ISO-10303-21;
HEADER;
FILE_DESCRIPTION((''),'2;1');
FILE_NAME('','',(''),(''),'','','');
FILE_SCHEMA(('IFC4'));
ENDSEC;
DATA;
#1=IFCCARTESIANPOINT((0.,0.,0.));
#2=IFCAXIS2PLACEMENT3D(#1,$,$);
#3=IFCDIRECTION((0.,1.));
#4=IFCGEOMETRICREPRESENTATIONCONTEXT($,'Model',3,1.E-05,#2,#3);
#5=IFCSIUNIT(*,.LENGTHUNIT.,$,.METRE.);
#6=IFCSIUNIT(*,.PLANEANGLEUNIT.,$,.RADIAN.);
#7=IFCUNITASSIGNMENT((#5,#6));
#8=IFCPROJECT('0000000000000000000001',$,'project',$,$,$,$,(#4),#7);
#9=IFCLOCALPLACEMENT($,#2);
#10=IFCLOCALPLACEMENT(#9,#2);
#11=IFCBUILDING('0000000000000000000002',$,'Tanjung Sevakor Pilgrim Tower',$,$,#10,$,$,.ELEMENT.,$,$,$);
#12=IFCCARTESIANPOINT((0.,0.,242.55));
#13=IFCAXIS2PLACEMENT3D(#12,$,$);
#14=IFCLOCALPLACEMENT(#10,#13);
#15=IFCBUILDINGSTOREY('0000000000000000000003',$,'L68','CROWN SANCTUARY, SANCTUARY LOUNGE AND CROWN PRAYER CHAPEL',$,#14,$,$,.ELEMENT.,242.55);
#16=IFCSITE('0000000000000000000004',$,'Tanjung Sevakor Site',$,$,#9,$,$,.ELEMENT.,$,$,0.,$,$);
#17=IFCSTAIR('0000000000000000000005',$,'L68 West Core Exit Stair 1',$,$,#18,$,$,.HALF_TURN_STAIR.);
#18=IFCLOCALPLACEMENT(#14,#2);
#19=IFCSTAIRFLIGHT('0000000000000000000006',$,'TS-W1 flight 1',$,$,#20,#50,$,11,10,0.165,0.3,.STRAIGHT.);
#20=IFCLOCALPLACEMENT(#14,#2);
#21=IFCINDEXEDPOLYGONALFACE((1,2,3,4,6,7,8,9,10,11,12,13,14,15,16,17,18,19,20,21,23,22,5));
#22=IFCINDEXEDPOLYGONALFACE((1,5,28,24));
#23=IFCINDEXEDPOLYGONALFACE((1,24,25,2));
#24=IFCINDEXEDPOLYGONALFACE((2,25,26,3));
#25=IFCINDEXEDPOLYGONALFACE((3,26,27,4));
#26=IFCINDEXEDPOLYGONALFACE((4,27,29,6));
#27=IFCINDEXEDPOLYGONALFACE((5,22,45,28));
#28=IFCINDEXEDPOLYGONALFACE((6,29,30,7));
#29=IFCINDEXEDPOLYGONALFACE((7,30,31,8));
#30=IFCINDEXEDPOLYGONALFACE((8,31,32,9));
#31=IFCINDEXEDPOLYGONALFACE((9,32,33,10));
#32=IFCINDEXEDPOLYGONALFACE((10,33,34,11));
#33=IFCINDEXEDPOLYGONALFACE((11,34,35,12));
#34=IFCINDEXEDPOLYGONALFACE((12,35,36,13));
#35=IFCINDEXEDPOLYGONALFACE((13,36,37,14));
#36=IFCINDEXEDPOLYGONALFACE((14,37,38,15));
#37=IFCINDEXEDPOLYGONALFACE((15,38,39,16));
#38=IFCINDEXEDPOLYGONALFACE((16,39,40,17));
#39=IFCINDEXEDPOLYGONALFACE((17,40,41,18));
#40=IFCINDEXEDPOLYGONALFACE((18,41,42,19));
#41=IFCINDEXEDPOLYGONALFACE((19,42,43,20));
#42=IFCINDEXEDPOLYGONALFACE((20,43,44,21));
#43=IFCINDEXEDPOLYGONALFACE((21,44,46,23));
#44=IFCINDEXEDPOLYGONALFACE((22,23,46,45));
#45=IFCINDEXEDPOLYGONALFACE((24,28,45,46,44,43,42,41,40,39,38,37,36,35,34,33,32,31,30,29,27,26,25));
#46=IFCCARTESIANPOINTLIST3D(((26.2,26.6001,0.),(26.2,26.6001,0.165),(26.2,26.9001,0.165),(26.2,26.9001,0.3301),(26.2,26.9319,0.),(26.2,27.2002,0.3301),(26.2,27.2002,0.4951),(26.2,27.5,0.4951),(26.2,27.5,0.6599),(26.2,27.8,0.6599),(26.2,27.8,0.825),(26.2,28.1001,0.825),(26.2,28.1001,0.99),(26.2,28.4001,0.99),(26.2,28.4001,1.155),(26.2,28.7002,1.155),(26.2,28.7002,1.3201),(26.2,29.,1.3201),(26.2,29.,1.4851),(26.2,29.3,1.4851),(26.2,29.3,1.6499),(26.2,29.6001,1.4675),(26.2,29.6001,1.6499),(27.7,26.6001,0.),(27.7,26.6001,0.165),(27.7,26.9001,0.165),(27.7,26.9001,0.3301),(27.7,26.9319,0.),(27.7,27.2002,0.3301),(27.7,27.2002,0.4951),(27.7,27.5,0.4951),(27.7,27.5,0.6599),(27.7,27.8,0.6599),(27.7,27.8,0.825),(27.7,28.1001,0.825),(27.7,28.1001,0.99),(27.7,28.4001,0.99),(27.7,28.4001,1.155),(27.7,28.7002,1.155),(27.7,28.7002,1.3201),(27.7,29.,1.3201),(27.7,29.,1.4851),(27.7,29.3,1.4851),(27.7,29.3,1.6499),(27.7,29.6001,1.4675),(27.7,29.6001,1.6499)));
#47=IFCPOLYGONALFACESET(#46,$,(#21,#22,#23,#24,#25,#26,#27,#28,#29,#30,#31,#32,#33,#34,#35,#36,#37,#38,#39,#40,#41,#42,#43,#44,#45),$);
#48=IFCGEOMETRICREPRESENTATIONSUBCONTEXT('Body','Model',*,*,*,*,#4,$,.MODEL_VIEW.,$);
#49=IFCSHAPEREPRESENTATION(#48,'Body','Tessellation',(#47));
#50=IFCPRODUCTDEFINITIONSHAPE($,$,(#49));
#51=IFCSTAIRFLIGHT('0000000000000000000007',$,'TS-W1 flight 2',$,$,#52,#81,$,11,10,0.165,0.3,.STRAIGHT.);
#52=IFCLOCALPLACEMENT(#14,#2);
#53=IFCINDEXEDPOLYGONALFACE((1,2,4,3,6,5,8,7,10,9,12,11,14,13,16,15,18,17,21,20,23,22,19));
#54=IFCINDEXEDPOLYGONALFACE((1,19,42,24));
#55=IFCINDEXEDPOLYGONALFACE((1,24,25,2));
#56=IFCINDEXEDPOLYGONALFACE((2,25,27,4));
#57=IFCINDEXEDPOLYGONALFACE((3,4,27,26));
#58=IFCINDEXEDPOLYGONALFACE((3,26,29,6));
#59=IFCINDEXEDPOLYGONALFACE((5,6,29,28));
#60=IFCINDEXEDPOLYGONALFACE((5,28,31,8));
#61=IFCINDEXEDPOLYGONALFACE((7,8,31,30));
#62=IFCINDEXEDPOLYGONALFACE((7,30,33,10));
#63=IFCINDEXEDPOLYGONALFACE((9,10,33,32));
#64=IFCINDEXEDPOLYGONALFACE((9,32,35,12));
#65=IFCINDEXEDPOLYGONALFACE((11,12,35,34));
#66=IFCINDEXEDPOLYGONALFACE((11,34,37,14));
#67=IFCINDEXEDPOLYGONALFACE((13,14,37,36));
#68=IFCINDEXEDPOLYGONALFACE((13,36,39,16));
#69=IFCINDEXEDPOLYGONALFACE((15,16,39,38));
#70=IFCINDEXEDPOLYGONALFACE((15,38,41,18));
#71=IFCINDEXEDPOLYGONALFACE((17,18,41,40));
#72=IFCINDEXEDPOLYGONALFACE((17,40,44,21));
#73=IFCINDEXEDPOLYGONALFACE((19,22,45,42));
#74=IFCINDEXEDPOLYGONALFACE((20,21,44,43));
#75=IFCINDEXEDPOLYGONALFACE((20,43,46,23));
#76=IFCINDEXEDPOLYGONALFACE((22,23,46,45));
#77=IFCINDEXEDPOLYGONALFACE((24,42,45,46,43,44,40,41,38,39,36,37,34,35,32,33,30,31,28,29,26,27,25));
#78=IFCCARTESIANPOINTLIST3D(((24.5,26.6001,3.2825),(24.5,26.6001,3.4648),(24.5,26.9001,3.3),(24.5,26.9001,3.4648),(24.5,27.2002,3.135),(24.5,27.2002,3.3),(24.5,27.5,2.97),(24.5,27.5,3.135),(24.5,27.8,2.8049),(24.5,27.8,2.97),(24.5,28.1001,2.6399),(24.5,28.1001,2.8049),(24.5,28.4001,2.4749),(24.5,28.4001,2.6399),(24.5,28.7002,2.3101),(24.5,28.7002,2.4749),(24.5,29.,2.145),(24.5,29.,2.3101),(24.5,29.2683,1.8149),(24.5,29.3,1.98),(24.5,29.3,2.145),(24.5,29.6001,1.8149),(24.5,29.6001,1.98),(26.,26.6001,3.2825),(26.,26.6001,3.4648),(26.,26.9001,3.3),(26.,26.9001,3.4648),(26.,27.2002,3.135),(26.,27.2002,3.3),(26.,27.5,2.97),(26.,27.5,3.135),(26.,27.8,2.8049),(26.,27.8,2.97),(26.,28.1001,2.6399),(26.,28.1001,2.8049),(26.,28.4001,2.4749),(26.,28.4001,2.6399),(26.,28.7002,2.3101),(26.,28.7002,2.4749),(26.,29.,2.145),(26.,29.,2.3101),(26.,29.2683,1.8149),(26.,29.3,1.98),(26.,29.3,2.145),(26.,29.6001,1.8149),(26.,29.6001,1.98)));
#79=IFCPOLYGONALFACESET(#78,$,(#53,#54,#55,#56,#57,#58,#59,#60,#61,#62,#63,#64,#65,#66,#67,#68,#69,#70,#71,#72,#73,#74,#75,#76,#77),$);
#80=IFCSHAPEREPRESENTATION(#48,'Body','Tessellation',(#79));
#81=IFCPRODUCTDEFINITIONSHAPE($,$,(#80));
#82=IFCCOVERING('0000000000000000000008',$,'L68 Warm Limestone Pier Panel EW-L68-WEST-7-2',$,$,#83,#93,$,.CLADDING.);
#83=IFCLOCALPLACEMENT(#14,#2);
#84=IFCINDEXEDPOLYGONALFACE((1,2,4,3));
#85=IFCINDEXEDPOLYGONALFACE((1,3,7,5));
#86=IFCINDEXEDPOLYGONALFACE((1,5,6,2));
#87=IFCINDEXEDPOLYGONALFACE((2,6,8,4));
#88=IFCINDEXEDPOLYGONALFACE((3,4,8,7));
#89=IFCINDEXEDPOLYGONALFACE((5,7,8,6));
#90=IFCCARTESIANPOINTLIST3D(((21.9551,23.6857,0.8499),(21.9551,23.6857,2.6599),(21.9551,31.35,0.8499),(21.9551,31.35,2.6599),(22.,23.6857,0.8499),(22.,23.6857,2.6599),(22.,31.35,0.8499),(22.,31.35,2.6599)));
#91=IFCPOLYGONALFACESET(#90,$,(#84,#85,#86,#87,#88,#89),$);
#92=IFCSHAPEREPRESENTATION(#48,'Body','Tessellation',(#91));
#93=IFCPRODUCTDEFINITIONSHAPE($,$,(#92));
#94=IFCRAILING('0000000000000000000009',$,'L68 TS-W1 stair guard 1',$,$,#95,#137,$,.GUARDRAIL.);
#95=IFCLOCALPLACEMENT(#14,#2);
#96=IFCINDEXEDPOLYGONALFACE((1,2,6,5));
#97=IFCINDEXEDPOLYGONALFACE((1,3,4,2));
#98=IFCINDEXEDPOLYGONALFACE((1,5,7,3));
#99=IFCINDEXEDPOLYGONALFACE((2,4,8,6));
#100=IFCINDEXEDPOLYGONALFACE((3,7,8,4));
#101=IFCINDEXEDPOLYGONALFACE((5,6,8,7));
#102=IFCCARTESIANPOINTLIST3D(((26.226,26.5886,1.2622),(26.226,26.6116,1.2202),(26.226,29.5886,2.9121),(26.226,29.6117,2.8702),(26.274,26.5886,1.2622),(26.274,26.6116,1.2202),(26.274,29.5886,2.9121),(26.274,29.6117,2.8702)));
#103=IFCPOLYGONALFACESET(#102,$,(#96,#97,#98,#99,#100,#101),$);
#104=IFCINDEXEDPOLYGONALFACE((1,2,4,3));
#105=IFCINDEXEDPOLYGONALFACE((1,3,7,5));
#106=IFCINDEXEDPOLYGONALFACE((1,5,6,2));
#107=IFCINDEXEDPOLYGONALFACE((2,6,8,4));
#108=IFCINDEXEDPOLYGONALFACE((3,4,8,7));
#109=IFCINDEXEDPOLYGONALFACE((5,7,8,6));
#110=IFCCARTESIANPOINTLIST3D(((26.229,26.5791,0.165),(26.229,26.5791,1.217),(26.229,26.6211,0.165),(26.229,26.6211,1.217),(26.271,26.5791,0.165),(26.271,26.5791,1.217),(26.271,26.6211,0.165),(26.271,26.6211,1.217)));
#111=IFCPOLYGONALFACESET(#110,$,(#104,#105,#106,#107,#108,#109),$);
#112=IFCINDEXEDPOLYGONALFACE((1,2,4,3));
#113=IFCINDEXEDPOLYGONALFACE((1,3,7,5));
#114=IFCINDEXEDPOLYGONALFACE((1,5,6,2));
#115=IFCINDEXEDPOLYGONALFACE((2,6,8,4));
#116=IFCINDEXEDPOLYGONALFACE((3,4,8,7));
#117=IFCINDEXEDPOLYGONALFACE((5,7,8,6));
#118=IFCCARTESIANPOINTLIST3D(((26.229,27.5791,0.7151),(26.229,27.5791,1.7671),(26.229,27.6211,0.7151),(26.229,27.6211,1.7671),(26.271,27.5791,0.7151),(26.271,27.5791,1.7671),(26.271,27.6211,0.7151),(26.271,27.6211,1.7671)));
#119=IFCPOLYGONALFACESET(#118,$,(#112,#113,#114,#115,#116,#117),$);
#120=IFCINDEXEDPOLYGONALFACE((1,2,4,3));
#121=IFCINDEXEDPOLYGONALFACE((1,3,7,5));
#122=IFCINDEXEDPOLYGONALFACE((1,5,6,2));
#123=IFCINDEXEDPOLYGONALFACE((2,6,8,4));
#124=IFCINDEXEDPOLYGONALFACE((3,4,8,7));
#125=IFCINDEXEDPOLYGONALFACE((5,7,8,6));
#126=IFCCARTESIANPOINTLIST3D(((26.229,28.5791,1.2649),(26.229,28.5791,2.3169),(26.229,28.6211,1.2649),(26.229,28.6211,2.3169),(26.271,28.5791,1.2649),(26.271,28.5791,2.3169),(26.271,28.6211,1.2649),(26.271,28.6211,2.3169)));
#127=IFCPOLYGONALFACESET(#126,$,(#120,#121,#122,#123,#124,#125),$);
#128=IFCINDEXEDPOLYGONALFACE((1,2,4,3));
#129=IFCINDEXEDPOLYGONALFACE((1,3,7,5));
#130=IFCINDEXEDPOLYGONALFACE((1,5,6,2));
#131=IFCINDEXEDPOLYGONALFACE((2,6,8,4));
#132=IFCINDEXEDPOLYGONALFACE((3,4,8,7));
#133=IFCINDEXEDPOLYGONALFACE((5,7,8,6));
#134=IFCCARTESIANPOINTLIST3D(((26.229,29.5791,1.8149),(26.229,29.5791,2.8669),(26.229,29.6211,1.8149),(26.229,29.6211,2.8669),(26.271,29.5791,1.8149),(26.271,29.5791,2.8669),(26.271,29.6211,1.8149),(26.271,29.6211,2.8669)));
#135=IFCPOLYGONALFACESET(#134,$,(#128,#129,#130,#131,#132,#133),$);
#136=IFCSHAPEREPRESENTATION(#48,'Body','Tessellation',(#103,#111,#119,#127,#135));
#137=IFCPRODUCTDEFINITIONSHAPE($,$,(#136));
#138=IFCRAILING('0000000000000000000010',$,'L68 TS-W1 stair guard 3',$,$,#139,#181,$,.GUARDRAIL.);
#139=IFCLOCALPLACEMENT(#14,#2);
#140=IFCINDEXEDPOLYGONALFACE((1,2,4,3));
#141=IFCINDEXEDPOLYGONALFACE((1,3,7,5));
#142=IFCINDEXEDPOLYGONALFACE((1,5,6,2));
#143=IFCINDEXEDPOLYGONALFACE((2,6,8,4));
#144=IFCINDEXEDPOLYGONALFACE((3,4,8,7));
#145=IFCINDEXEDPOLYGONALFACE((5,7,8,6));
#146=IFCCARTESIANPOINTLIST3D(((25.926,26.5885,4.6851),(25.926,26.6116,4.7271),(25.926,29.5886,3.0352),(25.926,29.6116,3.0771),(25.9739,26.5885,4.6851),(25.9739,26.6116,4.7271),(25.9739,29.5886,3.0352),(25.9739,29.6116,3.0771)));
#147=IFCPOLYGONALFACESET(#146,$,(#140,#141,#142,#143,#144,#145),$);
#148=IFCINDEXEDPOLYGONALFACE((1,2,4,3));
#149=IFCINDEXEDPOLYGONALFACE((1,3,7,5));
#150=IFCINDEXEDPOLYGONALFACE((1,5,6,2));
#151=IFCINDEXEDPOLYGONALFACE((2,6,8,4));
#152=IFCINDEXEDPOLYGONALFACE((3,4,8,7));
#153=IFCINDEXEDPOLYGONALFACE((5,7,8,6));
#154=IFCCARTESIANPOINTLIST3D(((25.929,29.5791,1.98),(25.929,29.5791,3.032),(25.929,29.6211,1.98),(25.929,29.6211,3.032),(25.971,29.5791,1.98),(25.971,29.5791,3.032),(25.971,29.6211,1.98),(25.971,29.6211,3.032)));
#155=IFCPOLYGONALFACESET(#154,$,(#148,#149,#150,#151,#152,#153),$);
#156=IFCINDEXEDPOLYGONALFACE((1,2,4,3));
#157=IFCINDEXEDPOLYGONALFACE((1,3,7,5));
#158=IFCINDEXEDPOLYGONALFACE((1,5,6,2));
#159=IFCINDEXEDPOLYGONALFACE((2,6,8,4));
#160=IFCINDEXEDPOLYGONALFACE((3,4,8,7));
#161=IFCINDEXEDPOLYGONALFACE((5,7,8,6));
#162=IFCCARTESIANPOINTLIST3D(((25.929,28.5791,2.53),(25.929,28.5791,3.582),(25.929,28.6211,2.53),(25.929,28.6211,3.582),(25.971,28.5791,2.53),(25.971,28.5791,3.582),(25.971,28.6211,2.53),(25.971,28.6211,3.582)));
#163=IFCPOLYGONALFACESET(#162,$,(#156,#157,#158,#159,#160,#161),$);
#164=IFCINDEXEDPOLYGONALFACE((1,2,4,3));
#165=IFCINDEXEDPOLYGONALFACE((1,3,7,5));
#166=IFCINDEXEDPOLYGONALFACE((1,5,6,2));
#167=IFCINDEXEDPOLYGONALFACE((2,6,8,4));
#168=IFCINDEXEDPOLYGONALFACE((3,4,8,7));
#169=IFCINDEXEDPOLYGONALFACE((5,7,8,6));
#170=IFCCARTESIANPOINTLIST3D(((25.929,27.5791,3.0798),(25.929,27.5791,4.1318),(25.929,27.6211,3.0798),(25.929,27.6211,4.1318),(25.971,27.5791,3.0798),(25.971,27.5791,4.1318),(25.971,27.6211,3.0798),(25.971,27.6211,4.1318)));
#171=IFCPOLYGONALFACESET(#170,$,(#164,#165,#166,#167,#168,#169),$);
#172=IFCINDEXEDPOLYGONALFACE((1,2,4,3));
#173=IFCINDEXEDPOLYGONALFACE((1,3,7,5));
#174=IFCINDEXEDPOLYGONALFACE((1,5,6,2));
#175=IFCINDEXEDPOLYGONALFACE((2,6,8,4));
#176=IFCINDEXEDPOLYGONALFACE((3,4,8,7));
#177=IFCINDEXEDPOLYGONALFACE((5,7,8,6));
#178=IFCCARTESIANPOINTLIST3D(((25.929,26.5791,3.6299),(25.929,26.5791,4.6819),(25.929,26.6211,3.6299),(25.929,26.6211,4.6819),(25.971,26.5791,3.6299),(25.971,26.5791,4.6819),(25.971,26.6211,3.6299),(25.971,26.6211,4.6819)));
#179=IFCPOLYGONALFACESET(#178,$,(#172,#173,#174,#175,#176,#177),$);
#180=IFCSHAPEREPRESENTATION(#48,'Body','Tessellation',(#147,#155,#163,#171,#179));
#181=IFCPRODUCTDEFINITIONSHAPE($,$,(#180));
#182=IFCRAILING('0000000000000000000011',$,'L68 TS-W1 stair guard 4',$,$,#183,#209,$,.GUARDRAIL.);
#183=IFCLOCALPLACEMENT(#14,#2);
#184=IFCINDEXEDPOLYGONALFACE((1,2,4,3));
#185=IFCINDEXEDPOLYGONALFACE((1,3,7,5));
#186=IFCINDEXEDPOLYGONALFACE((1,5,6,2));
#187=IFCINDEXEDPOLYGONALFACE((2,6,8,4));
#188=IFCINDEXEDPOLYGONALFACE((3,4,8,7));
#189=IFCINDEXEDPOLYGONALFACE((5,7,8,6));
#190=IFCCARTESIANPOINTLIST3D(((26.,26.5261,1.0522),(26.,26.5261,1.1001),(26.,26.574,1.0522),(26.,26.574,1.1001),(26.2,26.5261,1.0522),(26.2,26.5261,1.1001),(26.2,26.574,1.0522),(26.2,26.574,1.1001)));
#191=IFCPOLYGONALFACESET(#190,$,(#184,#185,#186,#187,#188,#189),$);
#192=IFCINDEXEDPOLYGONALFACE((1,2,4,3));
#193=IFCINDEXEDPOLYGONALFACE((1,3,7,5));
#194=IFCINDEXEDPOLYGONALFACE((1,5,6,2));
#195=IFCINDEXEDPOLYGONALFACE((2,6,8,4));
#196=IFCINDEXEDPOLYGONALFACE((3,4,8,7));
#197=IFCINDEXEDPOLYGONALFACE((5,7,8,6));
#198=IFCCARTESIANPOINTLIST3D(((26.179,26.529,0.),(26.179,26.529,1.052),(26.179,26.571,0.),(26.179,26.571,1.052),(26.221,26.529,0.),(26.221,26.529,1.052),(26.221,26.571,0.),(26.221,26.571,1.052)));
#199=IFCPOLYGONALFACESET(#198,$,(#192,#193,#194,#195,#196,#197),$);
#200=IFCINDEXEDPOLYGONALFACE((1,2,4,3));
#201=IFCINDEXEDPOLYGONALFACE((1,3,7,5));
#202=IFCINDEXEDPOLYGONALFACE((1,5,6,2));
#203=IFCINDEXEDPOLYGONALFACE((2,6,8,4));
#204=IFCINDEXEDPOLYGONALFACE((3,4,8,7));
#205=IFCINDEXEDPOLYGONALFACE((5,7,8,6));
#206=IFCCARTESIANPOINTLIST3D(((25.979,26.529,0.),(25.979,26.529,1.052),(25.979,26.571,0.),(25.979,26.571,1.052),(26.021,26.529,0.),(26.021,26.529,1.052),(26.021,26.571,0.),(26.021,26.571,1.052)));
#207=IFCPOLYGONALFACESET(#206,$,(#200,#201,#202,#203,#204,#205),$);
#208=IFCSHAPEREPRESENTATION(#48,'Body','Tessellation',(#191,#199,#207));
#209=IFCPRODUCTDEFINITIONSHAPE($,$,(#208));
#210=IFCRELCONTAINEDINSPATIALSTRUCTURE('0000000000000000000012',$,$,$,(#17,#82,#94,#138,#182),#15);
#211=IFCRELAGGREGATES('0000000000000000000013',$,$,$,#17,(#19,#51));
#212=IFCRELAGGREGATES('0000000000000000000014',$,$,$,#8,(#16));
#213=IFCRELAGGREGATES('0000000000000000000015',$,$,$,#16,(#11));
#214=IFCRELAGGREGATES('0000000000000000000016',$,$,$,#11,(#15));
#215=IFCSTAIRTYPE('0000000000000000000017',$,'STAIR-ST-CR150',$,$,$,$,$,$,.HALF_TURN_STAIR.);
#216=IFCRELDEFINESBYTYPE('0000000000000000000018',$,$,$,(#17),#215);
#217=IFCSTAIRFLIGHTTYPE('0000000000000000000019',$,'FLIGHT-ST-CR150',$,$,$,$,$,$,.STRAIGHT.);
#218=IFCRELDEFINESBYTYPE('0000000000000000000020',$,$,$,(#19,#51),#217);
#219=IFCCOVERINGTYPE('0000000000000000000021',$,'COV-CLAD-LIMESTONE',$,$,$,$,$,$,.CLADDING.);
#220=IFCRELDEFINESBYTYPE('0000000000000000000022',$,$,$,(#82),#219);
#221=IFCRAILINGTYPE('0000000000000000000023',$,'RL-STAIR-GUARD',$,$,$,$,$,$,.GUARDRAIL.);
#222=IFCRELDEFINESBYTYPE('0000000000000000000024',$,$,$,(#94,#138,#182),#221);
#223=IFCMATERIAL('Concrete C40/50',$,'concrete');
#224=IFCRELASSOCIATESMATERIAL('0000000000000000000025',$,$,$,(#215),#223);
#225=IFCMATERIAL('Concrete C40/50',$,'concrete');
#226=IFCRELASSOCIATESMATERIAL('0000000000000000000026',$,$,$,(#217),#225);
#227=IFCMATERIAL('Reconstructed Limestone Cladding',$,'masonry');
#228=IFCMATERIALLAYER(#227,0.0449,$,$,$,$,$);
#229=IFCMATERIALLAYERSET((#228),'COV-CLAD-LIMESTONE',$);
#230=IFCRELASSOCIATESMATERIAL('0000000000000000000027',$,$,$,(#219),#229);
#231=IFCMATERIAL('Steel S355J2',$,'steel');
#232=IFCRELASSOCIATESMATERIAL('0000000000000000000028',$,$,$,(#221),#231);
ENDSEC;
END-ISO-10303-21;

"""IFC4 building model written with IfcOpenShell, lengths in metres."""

from ifc_helpers import new_model, si_unit, direction, frame, origin, origin_2d, place, context, subcontext, project, spatial, polyline, rectangle, outline, extrude, material, layer, layer_set, type_object, element, aggregate, save


model = new_model("IFC4")

# Units and contexts
model_context = context("Model", 3, precision=1e-05, world=origin(), true_north=direction((0.0, 1.0)))
body_context = subcontext(model_context, "Body", "Model", "MODEL_VIEW")
ifc_project = project(units=[si_unit("LENGTHUNIT", "METRE"), si_unit("PLANEANGLEUNIT", "RADIAN")], contexts=[model_context])

# Site, building, storey
site_placement = place(None, origin())
site = spatial("IfcSite", under=ifc_project, at=site_placement, Name="Tanjung Sevakor Site", CompositionType="ELEMENT", RefElevation=0.0)
building_placement = place(site_placement, origin())
building = spatial("IfcBuilding", under=site, at=building_placement, Name="Tanjung Sevakor Pilgrim Tower", CompositionType="ELEMENT")
storey_placement = place(building_placement, frame((0.0, 0.0, 242.55)))
storey = spatial("IfcBuildingStorey", under=building, at=storey_placement, Name="L68", Description="CROWN SANCTUARY, SANCTUARY LOUNGE AND CROWN PRAYER CHAPEL", CompositionType="ELEMENT", Elevation=242.55)

# Stair, stair flights
ifc_material_1 = material(Name="Concrete C40/50", Category="concrete")
stair_type = type_object("IfcStairType", Name="STAIR-ST-CR150", PredefinedType="HALF_TURN_STAIR", material=ifc_material_1)
stair_placement = place(storey_placement, origin())
stair = element("IfcStair", 1, at=stair_placement, inside=storey, type_object=stair_type, Name="L68 West Core Exit Stair 1", PredefinedType="HALF_TURN_STAIR")
ifc_material_2 = material(Name="Concrete C40/50", Category="concrete")
stair_flight_type = type_object("IfcStairFlightType", Name="FLIGHT-ST-CR150", PredefinedType="STRAIGHT", material=ifc_material_2)
stair_flight_1_placement = place(storey_placement, frame((26.95, 26.6001, 0.0), z_axis=(0.0, 0.0, 1.0), x_axis=(0.0, 1.0, 0.0)))
stair_flight_1 = element("IfcStairFlight", 2, at=stair_flight_1_placement, type_object=stair_flight_type, Name="TS-W1 flight 1", NumberOfRisers=11, NumberOfTreads=10, PredefinedType="STRAIGHT", RiserHeight=0.165, TreadLength=0.3, context=body_context, shape_type="SweptSolid", body=[
    extrude(outline(polyline([(0.0, 0.0), (0.0, 0.165), (0.3, 0.165), (0.3, 0.3301), (0.6001, 0.3301), (0.6001, 0.4951), (0.8999, 0.4951), (0.8999, 0.6599), (1.2, 0.6599), (1.2, 0.825), (1.5, 0.825), (1.5, 0.99), (1.8, 0.99), (1.8, 1.155), (2.1001, 1.155), (2.1001, 1.3201), (2.3999, 1.3201), (2.3999, 1.4851), (2.7, 1.4851), (2.7, 1.6499), (3.0, 1.6499), (3.0, 1.8149), (3.0, 1.4675), (0.3318, 0.0), (0.0, 0.0)])), frame((0.0, 0.75, 0.0), z_axis=(0.0, -1.0, 0.0), x_axis=(1.0, 0.0, 0.0)), (0.0, 0.0, 1.0), 1.5),
])
stair_flight_2_placement = place(storey_placement, frame((25.25, 29.6001, 1.8149), z_axis=(0.0, 0.0, 1.0), x_axis=(0.0, -1.0, 0.0)))
stair_flight_2 = element("IfcStairFlight", 3, at=stair_flight_2_placement, type_object=stair_flight_type, Name="TS-W1 flight 2", NumberOfRisers=11, NumberOfTreads=10, PredefinedType="STRAIGHT", RiserHeight=0.165, TreadLength=0.3, context=body_context, shape_type="SweptSolid", body=[
    extrude(outline(polyline([(0.0, 0.0), (0.0, 0.165), (0.3, 0.165), (0.3, 0.3301), (0.6001, 0.3301), (0.6001, 0.4951), (0.8999, 0.4951), (0.8999, 0.6599), (1.2, 0.6599), (1.2, 0.825), (1.5, 0.825), (1.5, 0.99), (1.8, 0.99), (1.8, 1.155), (2.1001, 1.155), (2.1001, 1.3201), (2.3999, 1.3201), (2.3999, 1.4851), (2.7, 1.4851), (2.7, 1.6499), (3.0, 1.6499), (3.0, 1.8149), (3.0, 1.4675), (0.3318, 0.0), (0.0, 0.0)])), frame((0.0, 0.75, 0.0), z_axis=(0.0, -1.0, 0.0), x_axis=(1.0, 0.0, 0.0)), (0.0, 0.0, 1.0), 1.5),
])
aggregate(stair, [stair_flight_1, stair_flight_2])

# Covering
ifc_material_3 = material(Name="Reconstructed Limestone Cladding", Category="masonry")
ifc_layer_1 = layer(ifc_material_3, 0.0449)
ifc_layer_set_1 = layer_set([ifc_layer_1], Name="COV-CLAD-LIMESTONE")
covering_type = type_object("IfcCoveringType", Name="COV-CLAD-LIMESTONE", PredefinedType="CLADDING", material=ifc_layer_set_1)
covering_placement = place(storey_placement, frame((21.9775, 27.5178, 0.8499), z_axis=(0.0, 0.0, 1.0), x_axis=(0.0, -1.0, 0.0)))
element("IfcCovering", 4, at=covering_placement, inside=storey, type_object=covering_type, Name="L68 Warm Limestone Pier Panel EW-L68-WEST-7-2", PredefinedType="CLADDING", context=body_context, shape_type="SweptSolid", body=[
    extrude(rectangle(XDim=7.6643, YDim=0.0449, at=origin_2d()), origin(), (0.0, 0.0, 1.0), 1.8101),
])

# Railings
ifc_material_4 = material(Name="Steel S355J2", Category="steel")
railing_type_1 = type_object("IfcRailingType", Name="RL-STAIR-GUARD", PredefinedType="GUARDRAIL", material=ifc_material_4)
railing_1_placement = place(storey_placement, frame((26.25, 26.6001, 0.165)))
element("IfcRailing", 5, at=railing_1_placement, inside=storey, type_object=railing_type_1, Name="L68 TS-W1 stair guard 1", PredefinedType="GUARDRAIL", context=body_context, shape_type="SweptSolid", body=[
    extrude(rectangle(XDim=0.0479, YDim=0.0479), frame((0.0, 0.0, 1.0762), z_axis=(0.0, 0.876228, 0.481897), x_axis=(-1.0, 0.0, 0.0)), (0.0, 0.0, 1.0), 3.4238),
    extrude(rectangle(XDim=0.042, YDim=0.042), origin(), (0.0, 0.0, 1.0), 1.052),
    extrude(rectangle(XDim=0.042, YDim=0.042), frame((0.0, 1.0, 0.55)), (0.0, 0.0, 1.0), 1.052),
    extrude(rectangle(XDim=0.042, YDim=0.042), frame((0.0, 2.0, 1.0999)), (0.0, 0.0, 1.0), 1.052),
    extrude(rectangle(XDim=0.042, YDim=0.042), frame((0.0, 3.0, 1.6499)), (0.0, 0.0, 1.0), 1.052),
])
railing_2_placement = place(storey_placement, frame((25.95, 29.6001, 1.98)))
element("IfcRailing", 6, at=railing_2_placement, inside=storey, type_object=railing_type_1, Name="L68 TS-W1 stair guard 3", PredefinedType="GUARDRAIL", context=body_context, shape_type="SweptSolid", body=[
    extrude(rectangle(XDim=0.0479, YDim=0.0479), frame((0.0, 0.0, 1.0762), z_axis=(0.0, -0.876228, 0.481897), x_axis=(1.0, 0.0, 0.0)), (0.0, 0.0, 1.0), 3.4238),
    extrude(rectangle(XDim=0.042, YDim=0.042), origin(), (0.0, 0.0, 1.0), 1.052),
    extrude(rectangle(XDim=0.042, YDim=0.042), frame((0.0, -1.0, 0.55)), (0.0, 0.0, 1.0), 1.052),
    extrude(rectangle(XDim=0.042, YDim=0.042), frame((0.0, -2.0, 1.0999)), (0.0, 0.0, 1.0), 1.052),
    extrude(rectangle(XDim=0.042, YDim=0.042), frame((0.0, -3.0, 1.6499)), (0.0, 0.0, 1.0), 1.052),
])
railing_3_placement = place(storey_placement, frame((26.2, 26.55, 0.0)))
element("IfcRailing", 7, at=railing_3_placement, inside=storey, type_object=railing_type_1, Name="L68 TS-W1 stair guard 4", PredefinedType="GUARDRAIL", context=body_context, shape_type="SweptSolid", body=[
    extrude(rectangle(XDim=0.0479, YDim=0.0479), frame((0.0, 0.0, 1.0762), z_axis=(-1.0, 0.0, 0.0), x_axis=(0.0, -1.0, 0.0)), (0.0, 0.0, 1.0), 0.2),
    extrude(rectangle(XDim=0.042, YDim=0.042), origin(), (0.0, 0.0, 1.0), 1.052),
    extrude(rectangle(XDim=0.042, YDim=0.042), frame((-0.2, 0.0, 0.0)), (0.0, 0.0, 1.0), 1.052),
])

save(model, "model.ifc")
